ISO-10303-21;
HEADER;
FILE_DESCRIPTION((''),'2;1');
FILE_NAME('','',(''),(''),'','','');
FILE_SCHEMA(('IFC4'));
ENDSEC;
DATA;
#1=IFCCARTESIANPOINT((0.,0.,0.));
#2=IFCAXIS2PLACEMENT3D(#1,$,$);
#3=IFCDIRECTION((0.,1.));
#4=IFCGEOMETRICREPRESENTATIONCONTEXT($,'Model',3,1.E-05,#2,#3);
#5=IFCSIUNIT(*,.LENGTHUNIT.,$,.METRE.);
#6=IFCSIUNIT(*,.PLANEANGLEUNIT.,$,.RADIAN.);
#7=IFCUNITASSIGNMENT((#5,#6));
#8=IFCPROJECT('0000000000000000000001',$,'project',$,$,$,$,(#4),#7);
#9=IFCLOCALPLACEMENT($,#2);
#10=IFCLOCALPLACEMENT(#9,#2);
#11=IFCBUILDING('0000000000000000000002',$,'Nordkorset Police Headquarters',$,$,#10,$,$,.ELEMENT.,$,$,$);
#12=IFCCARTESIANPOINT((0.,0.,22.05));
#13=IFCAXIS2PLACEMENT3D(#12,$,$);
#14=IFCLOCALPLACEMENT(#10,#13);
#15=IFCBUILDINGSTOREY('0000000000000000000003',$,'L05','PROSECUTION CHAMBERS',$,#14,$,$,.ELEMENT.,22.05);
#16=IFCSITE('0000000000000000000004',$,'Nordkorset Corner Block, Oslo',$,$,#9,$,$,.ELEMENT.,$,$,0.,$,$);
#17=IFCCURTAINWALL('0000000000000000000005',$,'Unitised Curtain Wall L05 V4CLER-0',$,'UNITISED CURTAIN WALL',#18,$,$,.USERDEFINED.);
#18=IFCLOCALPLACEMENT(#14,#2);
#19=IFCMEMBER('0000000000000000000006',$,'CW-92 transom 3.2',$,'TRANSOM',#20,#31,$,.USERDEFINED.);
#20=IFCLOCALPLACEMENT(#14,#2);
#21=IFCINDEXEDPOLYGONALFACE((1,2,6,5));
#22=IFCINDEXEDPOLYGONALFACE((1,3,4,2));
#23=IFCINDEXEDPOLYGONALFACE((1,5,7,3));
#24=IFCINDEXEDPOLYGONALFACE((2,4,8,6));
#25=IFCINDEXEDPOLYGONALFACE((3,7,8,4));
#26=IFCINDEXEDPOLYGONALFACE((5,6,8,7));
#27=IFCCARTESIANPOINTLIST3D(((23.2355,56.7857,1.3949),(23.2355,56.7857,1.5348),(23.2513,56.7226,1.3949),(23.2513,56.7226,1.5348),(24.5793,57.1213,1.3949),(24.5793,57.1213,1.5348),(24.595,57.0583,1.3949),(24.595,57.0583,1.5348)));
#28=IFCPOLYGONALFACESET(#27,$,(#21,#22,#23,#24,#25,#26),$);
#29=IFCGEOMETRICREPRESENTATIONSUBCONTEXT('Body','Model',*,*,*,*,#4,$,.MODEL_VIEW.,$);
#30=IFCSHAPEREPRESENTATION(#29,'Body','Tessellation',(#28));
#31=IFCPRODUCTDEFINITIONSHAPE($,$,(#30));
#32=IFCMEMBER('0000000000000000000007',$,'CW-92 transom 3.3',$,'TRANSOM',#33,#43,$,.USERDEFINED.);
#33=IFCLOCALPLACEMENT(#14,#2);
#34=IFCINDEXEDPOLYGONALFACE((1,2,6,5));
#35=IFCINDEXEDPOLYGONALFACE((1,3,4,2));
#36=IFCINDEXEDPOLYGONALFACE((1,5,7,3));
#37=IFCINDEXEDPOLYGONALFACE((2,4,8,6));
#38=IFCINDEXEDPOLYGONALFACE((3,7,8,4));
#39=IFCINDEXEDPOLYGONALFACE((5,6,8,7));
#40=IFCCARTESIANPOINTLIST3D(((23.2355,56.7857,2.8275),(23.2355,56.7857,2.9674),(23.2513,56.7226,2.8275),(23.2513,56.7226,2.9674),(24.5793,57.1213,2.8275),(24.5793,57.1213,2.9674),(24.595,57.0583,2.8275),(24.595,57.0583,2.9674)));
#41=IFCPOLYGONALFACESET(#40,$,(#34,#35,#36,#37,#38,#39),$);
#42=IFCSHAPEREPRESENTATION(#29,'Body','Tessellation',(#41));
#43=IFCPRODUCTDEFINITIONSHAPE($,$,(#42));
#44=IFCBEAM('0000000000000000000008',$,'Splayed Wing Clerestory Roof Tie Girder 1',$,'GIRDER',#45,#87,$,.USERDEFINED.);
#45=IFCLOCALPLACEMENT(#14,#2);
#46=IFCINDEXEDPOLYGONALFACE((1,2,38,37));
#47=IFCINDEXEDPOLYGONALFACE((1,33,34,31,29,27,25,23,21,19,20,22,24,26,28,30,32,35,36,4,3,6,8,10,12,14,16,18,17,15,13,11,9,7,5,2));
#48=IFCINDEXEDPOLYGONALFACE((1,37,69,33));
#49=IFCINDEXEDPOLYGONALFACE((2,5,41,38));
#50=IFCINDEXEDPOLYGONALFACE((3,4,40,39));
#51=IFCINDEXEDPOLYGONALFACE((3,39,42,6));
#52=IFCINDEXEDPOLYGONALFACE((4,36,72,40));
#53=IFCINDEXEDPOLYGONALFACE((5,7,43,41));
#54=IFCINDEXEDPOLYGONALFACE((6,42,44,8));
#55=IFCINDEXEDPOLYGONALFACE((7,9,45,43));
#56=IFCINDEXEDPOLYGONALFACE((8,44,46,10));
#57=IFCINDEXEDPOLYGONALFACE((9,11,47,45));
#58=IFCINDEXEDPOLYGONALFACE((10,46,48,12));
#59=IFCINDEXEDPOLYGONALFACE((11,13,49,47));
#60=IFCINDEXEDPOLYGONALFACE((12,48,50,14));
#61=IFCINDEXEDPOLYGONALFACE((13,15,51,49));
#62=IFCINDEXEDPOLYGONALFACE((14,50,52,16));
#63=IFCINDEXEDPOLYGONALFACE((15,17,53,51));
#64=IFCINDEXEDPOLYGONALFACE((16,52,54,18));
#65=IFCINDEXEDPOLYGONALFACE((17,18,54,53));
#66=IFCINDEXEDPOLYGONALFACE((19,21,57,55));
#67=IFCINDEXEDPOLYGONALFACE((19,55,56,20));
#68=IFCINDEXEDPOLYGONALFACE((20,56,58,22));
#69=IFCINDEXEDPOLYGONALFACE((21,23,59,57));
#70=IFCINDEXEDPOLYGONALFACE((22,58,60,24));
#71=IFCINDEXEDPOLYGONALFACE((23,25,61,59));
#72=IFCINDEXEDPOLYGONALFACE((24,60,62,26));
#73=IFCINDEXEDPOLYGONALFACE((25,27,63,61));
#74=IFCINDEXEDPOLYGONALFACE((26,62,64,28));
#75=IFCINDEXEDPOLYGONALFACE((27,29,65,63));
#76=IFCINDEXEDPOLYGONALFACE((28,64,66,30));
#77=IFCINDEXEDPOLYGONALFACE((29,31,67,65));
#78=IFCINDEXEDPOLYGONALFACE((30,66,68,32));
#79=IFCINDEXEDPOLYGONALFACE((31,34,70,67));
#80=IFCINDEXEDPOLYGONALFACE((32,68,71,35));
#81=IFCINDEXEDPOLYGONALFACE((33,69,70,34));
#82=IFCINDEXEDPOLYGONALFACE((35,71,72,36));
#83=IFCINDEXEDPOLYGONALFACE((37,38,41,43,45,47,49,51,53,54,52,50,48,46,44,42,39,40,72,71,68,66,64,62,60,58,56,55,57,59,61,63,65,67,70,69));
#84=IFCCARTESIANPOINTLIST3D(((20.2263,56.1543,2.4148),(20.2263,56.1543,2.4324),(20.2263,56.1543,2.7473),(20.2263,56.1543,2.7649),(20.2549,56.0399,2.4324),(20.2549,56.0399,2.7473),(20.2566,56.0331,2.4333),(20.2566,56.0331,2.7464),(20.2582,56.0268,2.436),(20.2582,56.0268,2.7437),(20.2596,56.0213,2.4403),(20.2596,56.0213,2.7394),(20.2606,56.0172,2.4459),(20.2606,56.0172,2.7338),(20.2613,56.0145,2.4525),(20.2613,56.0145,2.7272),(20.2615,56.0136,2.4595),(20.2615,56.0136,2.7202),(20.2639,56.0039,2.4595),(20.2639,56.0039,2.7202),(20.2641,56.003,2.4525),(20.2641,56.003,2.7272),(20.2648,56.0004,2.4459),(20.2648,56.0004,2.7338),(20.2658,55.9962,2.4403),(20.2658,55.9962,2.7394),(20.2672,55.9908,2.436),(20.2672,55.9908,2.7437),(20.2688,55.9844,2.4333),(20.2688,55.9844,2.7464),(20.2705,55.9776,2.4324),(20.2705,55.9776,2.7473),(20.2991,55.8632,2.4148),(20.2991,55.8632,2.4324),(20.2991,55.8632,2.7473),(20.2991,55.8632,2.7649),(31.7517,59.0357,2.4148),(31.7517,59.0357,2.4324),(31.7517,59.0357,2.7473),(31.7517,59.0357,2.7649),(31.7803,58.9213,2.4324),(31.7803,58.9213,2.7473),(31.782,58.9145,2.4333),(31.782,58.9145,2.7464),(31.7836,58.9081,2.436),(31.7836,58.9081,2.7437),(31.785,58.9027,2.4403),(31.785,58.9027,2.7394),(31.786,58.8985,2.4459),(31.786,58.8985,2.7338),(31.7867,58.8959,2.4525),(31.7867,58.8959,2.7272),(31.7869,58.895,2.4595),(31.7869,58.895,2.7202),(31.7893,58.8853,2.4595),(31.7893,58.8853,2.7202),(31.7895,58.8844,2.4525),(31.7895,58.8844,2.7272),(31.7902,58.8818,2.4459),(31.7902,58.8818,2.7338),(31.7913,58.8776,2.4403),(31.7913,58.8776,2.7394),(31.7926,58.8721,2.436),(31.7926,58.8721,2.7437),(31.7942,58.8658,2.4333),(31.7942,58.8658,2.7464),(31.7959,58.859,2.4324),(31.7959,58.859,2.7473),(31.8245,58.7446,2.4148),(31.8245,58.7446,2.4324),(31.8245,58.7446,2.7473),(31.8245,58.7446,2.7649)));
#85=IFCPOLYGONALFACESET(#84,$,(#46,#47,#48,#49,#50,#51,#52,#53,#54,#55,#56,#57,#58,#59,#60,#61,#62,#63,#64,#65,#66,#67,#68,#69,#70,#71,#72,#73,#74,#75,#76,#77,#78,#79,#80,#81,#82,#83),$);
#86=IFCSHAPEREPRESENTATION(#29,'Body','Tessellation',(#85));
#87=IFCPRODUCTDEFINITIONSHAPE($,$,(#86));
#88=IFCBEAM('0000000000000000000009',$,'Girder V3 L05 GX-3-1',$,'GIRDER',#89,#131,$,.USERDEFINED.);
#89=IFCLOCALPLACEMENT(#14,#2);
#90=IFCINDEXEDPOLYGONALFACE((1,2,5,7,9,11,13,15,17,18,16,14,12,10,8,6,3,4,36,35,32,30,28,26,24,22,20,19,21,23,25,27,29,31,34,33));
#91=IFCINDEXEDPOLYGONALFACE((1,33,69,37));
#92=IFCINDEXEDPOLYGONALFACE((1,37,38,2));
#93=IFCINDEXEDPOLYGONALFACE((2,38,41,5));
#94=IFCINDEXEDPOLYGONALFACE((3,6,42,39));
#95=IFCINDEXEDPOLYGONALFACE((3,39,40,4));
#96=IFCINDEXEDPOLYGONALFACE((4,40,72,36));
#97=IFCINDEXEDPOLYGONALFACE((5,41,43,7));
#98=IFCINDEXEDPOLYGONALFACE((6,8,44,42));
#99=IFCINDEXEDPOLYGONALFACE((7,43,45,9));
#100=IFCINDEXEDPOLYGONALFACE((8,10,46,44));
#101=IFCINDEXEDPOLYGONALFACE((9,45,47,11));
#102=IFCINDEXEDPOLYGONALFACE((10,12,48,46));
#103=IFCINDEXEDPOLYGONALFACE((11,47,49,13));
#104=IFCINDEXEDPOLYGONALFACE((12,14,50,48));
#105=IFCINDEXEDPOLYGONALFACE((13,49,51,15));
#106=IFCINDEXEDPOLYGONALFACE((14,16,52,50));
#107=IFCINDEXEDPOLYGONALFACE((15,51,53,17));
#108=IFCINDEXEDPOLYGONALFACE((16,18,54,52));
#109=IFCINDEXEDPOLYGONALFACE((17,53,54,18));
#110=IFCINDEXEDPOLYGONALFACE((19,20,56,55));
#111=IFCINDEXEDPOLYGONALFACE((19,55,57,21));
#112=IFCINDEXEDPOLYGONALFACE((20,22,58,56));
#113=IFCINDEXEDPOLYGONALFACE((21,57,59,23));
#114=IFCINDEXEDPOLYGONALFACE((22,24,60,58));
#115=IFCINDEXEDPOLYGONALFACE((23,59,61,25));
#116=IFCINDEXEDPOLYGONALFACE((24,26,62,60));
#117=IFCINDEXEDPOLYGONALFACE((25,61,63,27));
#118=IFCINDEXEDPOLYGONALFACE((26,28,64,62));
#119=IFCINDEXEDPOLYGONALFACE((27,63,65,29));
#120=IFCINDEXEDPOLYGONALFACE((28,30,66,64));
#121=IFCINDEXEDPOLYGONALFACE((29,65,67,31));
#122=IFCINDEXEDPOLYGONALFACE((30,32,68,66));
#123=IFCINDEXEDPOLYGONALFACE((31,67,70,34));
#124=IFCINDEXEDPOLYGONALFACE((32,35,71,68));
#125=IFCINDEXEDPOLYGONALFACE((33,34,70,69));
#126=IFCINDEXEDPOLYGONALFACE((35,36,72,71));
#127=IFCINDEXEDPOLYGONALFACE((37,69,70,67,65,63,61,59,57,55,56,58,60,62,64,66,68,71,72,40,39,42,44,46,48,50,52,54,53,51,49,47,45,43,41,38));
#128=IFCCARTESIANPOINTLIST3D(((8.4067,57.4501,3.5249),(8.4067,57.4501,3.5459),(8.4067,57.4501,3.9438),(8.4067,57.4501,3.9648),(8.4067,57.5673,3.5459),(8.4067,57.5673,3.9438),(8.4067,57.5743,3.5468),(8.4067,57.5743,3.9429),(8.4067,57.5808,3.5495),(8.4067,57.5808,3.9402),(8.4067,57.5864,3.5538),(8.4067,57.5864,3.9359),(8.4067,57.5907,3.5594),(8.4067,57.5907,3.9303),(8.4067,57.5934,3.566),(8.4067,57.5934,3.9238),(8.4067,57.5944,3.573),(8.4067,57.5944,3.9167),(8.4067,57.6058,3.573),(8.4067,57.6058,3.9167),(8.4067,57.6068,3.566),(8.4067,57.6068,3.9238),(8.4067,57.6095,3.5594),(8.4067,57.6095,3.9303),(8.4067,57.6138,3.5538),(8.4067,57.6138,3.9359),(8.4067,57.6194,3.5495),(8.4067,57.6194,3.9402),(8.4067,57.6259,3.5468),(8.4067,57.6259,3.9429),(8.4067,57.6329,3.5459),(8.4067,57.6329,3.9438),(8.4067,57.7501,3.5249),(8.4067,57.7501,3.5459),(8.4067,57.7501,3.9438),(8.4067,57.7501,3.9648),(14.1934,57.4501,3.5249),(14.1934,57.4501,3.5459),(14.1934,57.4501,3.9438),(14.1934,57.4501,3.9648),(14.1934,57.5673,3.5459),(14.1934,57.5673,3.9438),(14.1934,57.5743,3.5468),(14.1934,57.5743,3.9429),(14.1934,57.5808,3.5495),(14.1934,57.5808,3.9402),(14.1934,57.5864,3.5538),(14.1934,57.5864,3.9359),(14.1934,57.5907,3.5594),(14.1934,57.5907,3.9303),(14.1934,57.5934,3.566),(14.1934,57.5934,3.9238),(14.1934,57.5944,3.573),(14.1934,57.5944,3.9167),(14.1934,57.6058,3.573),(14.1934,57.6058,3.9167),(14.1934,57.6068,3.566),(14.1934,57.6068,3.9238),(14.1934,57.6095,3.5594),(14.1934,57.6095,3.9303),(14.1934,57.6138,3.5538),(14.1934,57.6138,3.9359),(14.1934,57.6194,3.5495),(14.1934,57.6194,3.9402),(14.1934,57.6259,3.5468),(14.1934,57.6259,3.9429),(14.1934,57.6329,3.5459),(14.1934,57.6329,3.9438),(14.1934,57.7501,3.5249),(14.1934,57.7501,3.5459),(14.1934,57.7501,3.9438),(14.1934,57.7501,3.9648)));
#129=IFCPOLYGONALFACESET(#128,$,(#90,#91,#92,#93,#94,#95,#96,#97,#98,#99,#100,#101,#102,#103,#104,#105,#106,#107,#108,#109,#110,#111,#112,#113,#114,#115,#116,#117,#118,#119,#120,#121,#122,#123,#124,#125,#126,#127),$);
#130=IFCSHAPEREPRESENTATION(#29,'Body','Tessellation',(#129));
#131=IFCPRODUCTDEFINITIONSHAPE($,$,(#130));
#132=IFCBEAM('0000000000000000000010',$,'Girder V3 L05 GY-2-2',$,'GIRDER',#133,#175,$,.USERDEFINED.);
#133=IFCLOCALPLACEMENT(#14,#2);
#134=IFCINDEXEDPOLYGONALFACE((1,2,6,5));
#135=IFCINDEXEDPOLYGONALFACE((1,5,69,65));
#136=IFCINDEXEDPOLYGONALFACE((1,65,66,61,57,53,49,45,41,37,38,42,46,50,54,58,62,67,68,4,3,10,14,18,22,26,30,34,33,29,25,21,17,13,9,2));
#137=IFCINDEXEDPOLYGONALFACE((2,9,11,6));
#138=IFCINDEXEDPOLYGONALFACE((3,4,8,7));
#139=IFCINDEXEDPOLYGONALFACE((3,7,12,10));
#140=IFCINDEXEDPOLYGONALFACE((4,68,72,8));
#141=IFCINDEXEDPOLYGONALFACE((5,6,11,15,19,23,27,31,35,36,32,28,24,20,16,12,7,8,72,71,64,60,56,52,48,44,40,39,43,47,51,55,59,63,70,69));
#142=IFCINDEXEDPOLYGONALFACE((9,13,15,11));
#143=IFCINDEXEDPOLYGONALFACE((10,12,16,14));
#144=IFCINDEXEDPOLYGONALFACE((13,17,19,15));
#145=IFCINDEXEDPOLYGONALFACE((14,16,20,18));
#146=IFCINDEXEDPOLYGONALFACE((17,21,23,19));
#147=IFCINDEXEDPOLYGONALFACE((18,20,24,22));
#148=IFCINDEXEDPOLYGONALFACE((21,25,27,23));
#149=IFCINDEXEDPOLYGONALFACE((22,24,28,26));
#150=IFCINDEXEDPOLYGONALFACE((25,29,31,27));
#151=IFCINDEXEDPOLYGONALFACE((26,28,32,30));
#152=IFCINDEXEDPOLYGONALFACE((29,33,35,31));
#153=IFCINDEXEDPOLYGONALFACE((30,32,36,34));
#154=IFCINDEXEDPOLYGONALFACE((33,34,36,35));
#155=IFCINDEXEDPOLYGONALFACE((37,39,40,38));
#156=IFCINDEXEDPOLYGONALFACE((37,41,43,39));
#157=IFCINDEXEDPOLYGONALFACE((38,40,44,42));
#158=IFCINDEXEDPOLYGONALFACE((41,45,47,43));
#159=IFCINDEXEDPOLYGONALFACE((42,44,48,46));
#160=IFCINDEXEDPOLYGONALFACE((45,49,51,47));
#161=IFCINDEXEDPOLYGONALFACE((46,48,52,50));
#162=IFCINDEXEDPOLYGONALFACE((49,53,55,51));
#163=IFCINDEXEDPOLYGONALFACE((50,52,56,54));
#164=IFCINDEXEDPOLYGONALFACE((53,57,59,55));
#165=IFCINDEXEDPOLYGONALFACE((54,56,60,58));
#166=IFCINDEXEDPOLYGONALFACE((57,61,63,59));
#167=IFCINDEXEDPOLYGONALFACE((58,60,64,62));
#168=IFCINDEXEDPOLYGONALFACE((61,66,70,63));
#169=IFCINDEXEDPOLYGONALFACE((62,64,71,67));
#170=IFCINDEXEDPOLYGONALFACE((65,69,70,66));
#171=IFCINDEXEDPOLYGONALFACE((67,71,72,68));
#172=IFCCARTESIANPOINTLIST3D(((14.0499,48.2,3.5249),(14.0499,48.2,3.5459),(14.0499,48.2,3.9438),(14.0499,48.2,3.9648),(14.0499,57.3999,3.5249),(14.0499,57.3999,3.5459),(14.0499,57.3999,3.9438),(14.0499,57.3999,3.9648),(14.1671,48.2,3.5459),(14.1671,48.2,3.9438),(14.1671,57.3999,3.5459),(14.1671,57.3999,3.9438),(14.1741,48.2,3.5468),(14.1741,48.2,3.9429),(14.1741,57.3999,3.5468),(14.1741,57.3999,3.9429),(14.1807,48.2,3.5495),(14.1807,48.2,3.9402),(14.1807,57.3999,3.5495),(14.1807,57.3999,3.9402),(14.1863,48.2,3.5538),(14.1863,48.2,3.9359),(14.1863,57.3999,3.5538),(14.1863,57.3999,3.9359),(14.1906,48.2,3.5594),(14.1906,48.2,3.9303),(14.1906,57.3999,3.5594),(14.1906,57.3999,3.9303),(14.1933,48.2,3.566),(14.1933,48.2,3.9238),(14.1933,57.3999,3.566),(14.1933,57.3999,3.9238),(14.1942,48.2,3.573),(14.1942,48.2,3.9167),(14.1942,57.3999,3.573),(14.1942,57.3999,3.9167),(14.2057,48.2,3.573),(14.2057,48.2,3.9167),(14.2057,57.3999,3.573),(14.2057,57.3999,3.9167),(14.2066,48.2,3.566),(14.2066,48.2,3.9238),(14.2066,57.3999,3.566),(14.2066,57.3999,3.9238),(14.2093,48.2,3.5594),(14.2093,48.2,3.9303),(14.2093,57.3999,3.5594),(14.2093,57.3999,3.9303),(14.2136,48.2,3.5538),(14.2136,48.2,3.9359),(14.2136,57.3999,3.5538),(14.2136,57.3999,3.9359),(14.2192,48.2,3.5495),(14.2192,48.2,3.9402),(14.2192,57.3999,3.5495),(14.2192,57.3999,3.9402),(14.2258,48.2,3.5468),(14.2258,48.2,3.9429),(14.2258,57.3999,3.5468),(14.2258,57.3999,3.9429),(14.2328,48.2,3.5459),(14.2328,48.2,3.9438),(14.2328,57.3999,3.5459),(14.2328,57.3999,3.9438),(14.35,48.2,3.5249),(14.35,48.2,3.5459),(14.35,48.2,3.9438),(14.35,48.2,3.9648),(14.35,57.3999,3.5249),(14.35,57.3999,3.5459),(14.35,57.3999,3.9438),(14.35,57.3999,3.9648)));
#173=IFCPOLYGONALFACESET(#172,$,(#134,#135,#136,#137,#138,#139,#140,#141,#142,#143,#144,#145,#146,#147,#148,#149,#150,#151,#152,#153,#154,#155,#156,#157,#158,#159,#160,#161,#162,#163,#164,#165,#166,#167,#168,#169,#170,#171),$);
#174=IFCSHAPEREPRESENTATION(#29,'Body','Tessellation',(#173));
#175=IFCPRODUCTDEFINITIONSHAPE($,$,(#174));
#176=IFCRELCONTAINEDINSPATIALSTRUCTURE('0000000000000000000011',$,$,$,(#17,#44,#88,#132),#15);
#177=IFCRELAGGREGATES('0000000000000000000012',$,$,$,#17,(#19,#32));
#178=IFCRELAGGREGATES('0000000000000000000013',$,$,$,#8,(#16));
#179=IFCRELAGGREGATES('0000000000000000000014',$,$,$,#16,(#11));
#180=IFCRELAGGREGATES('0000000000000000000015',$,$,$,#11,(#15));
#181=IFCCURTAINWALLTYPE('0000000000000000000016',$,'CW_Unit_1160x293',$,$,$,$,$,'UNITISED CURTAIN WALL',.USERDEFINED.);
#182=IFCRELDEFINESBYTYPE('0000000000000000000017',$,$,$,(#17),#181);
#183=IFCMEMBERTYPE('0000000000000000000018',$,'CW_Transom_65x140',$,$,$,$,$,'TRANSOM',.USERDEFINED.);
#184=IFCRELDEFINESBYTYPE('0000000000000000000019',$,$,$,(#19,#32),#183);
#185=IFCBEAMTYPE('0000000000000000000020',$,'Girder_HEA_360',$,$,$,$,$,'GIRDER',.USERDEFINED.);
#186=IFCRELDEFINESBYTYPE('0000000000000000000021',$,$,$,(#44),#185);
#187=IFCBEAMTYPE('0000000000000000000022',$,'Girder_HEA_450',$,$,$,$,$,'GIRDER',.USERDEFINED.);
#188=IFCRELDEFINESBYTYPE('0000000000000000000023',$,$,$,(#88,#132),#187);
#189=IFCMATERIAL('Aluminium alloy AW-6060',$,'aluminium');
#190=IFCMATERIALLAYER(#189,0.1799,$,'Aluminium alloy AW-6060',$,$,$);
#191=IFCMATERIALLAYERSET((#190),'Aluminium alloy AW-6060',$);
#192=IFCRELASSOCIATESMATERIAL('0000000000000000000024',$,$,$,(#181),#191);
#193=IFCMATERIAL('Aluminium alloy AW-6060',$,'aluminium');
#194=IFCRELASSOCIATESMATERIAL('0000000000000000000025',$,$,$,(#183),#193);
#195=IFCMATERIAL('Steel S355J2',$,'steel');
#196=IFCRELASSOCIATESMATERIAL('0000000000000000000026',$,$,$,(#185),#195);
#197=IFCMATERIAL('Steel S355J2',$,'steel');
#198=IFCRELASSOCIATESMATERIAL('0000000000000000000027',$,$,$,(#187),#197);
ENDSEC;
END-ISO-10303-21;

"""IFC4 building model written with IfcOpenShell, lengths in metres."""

from ifc_helpers import new_model, si_unit, direction, frame, origin, origin_2d, place, context, subcontext, project, spatial, rectangle, i_section, extrude, material, layer, layer_set, material_profile, profile_set, type_object, element, aggregate, save


model = new_model("IFC4")

# Units and contexts
model_context = context("Model", 3, precision=1e-05, world=origin(), true_north=direction((0.0, 1.0)))
body_context = subcontext(model_context, "Body", "Model", "MODEL_VIEW")
ifc_project = project(units=[si_unit("LENGTHUNIT", "METRE"), si_unit("PLANEANGLEUNIT", "RADIAN")], contexts=[model_context])

# Site, building, storey
site_placement = place(None, origin())
site = spatial("IfcSite", under=ifc_project, at=site_placement, Name="Nordkorset Corner Block, Oslo", CompositionType="ELEMENT", RefElevation=0.0)
building_placement = place(site_placement, origin())
building = spatial("IfcBuilding", under=site, at=building_placement, Name="Nordkorset Police Headquarters", CompositionType="ELEMENT")
storey_placement = place(building_placement, frame((0.0, 0.0, 22.05)))
storey = spatial("IfcBuildingStorey", under=building, at=storey_placement, Name="L05", Description="PROSECUTION CHAMBERS", CompositionType="ELEMENT", Elevation=22.05)

# Curtain wall, members
ifc_material_1 = material(Name="Aluminium alloy AW-6060", Category="aluminium")
ifc_layer_1 = layer(ifc_material_1, 0.1799, Name="Aluminium alloy AW-6060")
ifc_layer_set_1 = layer_set([ifc_layer_1], Name="Aluminium alloy AW-6060")
curtain_wall_type = type_object("IfcCurtainWallType", Name="CW_Unit_1160x293", ElementType="UNITISED CURTAIN WALL", PredefinedType="USERDEFINED", material=ifc_layer_set_1)
curtain_wall_placement = place(storey_placement, origin())
curtain_wall = element("IfcCurtainWall", 1, at=curtain_wall_placement, inside=storey, type_object=curtain_wall_type, Name="Unitised Curtain Wall L05 V4CLER-0", ObjectType="UNITISED CURTAIN WALL", PredefinedType="USERDEFINED")
ifc_material_2 = material(Name="Aluminium alloy AW-6060", Category="aluminium")
ifc_material_profile_1 = material_profile(ifc_material_2, rectangle(XDim=0.0649, YDim=0.1399, at=origin_2d()), Name="ALU TRAN 65x140")
ifc_profile_set_1 = profile_set([ifc_material_profile_1], Name="Aluminium alloy AW-6060")
member_type_1 = type_object("IfcMemberType", Name="CW_Transom_65x140", ElementType="TRANSOM", PredefinedType="USERDEFINED", material=ifc_profile_set_1)
member_1_placement = place(storey_placement, frame((23.2434, 56.7542, 1.4648), z_axis=(0.970184, 0.24237, 0.0), x_axis=(-0.24237, 0.970184, 0.0)))
member_1 = element("IfcMember", 2, at=member_1_placement, type_object=member_type_1, Name="CW-92 transom 3.2", ObjectType="TRANSOM", PredefinedType="USERDEFINED", context=body_context, shape_type="SweptSolid", body=[
    extrude(rectangle(XDim=0.0649, YDim=0.1399, at=origin_2d()), origin(), (0.0, 0.0, 1.0), 1.385),
])
member_2_placement = place(storey_placement, frame((23.2434, 56.7542, 2.8975), z_axis=(0.970184, 0.24237, 0.0), x_axis=(-0.24237, 0.970184, 0.0)))
member_2 = element("IfcMember", 3, at=member_2_placement, type_object=member_type_1, Name="CW-92 transom 3.3", ObjectType="TRANSOM", PredefinedType="USERDEFINED", context=body_context, shape_type="SweptSolid", body=[
    extrude(rectangle(XDim=0.0649, YDim=0.1399, at=origin_2d()), origin(), (0.0, 0.0, 1.0), 1.385),
])

# Beams
ifc_material_3 = material(Name="Steel S355J2", Category="steel")
ifc_material_profile_2 = material_profile(ifc_material_3, i_section(OverallWidth=0.3, OverallDepth=0.3501, WebThickness=0.01, FlangeThickness=0.0176, FilletRadius=0.0271, at=origin_2d()), Name="HEA 360")
ifc_profile_set_2 = profile_set([ifc_material_profile_2], Name="Steel S355J2")
beam_type_1 = type_object("IfcBeamType", Name="Girder_HEA_360", ElementType="GIRDER", PredefinedType="USERDEFINED", material=ifc_profile_set_2)
beam_1_placement = place(storey_placement, frame((20.2627, 56.0088, 2.5898), z_axis=(0.970143, 0.242536, 0.0), x_axis=(-0.242536, 0.970143, 0.0)))
element("IfcBeam", 4, at=beam_1_placement, inside=storey, type_object=beam_type_1, Name="Splayed Wing Clerestory Roof Tie Girder 1", ObjectType="GIRDER", PredefinedType="USERDEFINED", context=body_context, shape_type="SweptSolid", body=[
    extrude(i_section(OverallWidth=0.3, OverallDepth=0.3501, WebThickness=0.01, FlangeThickness=0.0176, FilletRadius=0.0271, at=origin_2d()), origin(), (0.0, 0.0, 1.0), 11.8801),
])
ifc_material_4 = material(Name="Steel S355J2", Category="steel")
ifc_material_profile_3 = material_profile(ifc_material_4, i_section(OverallWidth=0.3, OverallDepth=0.4399, WebThickness=0.0115, FlangeThickness=0.021, FilletRadius=0.0271, at=origin_2d()), Name="HEA 450")
ifc_profile_set_3 = profile_set([ifc_material_profile_3], Name="Steel S355J2")
beam_type_2 = type_object("IfcBeamType", Name="Girder_HEA_450", ElementType="GIRDER", PredefinedType="USERDEFINED", material=ifc_profile_set_3)
beam_2_placement = place(storey_placement, frame((8.4067, 57.6001, 3.7449), z_axis=(1.0, 0.0, 0.0), x_axis=(0.0, 1.0, 0.0)))
element("IfcBeam", 5, at=beam_2_placement, inside=storey, type_object=beam_type_2, Name="Girder V3 L05 GX-3-1", ObjectType="GIRDER", PredefinedType="USERDEFINED", context=body_context, shape_type="SweptSolid", body=[
    extrude(i_section(OverallWidth=0.3, OverallDepth=0.4399, WebThickness=0.0115, FlangeThickness=0.021, FilletRadius=0.0271, at=origin_2d()), origin(), (0.0, 0.0, 1.0), 5.7866),
])
beam_3_placement = place(storey_placement, frame((14.2, 48.2, 3.7449), z_axis=(0.0, 1.0, 0.0), x_axis=(-1.0, 0.0, 0.0)))
element("IfcBeam", 6, at=beam_3_placement, inside=storey, type_object=beam_type_2, Name="Girder V3 L05 GY-2-2", ObjectType="GIRDER", PredefinedType="USERDEFINED", context=body_context, shape_type="SweptSolid", body=[
    extrude(i_section(OverallWidth=0.3, OverallDepth=0.4399, WebThickness=0.0115, FlangeThickness=0.021, FilletRadius=0.0271, at=origin_2d()), origin(), (0.0, 0.0, 1.0), 9.2),
])

aggregate(curtain_wall, [member_1, member_2])

save(model, "model.ifc")
